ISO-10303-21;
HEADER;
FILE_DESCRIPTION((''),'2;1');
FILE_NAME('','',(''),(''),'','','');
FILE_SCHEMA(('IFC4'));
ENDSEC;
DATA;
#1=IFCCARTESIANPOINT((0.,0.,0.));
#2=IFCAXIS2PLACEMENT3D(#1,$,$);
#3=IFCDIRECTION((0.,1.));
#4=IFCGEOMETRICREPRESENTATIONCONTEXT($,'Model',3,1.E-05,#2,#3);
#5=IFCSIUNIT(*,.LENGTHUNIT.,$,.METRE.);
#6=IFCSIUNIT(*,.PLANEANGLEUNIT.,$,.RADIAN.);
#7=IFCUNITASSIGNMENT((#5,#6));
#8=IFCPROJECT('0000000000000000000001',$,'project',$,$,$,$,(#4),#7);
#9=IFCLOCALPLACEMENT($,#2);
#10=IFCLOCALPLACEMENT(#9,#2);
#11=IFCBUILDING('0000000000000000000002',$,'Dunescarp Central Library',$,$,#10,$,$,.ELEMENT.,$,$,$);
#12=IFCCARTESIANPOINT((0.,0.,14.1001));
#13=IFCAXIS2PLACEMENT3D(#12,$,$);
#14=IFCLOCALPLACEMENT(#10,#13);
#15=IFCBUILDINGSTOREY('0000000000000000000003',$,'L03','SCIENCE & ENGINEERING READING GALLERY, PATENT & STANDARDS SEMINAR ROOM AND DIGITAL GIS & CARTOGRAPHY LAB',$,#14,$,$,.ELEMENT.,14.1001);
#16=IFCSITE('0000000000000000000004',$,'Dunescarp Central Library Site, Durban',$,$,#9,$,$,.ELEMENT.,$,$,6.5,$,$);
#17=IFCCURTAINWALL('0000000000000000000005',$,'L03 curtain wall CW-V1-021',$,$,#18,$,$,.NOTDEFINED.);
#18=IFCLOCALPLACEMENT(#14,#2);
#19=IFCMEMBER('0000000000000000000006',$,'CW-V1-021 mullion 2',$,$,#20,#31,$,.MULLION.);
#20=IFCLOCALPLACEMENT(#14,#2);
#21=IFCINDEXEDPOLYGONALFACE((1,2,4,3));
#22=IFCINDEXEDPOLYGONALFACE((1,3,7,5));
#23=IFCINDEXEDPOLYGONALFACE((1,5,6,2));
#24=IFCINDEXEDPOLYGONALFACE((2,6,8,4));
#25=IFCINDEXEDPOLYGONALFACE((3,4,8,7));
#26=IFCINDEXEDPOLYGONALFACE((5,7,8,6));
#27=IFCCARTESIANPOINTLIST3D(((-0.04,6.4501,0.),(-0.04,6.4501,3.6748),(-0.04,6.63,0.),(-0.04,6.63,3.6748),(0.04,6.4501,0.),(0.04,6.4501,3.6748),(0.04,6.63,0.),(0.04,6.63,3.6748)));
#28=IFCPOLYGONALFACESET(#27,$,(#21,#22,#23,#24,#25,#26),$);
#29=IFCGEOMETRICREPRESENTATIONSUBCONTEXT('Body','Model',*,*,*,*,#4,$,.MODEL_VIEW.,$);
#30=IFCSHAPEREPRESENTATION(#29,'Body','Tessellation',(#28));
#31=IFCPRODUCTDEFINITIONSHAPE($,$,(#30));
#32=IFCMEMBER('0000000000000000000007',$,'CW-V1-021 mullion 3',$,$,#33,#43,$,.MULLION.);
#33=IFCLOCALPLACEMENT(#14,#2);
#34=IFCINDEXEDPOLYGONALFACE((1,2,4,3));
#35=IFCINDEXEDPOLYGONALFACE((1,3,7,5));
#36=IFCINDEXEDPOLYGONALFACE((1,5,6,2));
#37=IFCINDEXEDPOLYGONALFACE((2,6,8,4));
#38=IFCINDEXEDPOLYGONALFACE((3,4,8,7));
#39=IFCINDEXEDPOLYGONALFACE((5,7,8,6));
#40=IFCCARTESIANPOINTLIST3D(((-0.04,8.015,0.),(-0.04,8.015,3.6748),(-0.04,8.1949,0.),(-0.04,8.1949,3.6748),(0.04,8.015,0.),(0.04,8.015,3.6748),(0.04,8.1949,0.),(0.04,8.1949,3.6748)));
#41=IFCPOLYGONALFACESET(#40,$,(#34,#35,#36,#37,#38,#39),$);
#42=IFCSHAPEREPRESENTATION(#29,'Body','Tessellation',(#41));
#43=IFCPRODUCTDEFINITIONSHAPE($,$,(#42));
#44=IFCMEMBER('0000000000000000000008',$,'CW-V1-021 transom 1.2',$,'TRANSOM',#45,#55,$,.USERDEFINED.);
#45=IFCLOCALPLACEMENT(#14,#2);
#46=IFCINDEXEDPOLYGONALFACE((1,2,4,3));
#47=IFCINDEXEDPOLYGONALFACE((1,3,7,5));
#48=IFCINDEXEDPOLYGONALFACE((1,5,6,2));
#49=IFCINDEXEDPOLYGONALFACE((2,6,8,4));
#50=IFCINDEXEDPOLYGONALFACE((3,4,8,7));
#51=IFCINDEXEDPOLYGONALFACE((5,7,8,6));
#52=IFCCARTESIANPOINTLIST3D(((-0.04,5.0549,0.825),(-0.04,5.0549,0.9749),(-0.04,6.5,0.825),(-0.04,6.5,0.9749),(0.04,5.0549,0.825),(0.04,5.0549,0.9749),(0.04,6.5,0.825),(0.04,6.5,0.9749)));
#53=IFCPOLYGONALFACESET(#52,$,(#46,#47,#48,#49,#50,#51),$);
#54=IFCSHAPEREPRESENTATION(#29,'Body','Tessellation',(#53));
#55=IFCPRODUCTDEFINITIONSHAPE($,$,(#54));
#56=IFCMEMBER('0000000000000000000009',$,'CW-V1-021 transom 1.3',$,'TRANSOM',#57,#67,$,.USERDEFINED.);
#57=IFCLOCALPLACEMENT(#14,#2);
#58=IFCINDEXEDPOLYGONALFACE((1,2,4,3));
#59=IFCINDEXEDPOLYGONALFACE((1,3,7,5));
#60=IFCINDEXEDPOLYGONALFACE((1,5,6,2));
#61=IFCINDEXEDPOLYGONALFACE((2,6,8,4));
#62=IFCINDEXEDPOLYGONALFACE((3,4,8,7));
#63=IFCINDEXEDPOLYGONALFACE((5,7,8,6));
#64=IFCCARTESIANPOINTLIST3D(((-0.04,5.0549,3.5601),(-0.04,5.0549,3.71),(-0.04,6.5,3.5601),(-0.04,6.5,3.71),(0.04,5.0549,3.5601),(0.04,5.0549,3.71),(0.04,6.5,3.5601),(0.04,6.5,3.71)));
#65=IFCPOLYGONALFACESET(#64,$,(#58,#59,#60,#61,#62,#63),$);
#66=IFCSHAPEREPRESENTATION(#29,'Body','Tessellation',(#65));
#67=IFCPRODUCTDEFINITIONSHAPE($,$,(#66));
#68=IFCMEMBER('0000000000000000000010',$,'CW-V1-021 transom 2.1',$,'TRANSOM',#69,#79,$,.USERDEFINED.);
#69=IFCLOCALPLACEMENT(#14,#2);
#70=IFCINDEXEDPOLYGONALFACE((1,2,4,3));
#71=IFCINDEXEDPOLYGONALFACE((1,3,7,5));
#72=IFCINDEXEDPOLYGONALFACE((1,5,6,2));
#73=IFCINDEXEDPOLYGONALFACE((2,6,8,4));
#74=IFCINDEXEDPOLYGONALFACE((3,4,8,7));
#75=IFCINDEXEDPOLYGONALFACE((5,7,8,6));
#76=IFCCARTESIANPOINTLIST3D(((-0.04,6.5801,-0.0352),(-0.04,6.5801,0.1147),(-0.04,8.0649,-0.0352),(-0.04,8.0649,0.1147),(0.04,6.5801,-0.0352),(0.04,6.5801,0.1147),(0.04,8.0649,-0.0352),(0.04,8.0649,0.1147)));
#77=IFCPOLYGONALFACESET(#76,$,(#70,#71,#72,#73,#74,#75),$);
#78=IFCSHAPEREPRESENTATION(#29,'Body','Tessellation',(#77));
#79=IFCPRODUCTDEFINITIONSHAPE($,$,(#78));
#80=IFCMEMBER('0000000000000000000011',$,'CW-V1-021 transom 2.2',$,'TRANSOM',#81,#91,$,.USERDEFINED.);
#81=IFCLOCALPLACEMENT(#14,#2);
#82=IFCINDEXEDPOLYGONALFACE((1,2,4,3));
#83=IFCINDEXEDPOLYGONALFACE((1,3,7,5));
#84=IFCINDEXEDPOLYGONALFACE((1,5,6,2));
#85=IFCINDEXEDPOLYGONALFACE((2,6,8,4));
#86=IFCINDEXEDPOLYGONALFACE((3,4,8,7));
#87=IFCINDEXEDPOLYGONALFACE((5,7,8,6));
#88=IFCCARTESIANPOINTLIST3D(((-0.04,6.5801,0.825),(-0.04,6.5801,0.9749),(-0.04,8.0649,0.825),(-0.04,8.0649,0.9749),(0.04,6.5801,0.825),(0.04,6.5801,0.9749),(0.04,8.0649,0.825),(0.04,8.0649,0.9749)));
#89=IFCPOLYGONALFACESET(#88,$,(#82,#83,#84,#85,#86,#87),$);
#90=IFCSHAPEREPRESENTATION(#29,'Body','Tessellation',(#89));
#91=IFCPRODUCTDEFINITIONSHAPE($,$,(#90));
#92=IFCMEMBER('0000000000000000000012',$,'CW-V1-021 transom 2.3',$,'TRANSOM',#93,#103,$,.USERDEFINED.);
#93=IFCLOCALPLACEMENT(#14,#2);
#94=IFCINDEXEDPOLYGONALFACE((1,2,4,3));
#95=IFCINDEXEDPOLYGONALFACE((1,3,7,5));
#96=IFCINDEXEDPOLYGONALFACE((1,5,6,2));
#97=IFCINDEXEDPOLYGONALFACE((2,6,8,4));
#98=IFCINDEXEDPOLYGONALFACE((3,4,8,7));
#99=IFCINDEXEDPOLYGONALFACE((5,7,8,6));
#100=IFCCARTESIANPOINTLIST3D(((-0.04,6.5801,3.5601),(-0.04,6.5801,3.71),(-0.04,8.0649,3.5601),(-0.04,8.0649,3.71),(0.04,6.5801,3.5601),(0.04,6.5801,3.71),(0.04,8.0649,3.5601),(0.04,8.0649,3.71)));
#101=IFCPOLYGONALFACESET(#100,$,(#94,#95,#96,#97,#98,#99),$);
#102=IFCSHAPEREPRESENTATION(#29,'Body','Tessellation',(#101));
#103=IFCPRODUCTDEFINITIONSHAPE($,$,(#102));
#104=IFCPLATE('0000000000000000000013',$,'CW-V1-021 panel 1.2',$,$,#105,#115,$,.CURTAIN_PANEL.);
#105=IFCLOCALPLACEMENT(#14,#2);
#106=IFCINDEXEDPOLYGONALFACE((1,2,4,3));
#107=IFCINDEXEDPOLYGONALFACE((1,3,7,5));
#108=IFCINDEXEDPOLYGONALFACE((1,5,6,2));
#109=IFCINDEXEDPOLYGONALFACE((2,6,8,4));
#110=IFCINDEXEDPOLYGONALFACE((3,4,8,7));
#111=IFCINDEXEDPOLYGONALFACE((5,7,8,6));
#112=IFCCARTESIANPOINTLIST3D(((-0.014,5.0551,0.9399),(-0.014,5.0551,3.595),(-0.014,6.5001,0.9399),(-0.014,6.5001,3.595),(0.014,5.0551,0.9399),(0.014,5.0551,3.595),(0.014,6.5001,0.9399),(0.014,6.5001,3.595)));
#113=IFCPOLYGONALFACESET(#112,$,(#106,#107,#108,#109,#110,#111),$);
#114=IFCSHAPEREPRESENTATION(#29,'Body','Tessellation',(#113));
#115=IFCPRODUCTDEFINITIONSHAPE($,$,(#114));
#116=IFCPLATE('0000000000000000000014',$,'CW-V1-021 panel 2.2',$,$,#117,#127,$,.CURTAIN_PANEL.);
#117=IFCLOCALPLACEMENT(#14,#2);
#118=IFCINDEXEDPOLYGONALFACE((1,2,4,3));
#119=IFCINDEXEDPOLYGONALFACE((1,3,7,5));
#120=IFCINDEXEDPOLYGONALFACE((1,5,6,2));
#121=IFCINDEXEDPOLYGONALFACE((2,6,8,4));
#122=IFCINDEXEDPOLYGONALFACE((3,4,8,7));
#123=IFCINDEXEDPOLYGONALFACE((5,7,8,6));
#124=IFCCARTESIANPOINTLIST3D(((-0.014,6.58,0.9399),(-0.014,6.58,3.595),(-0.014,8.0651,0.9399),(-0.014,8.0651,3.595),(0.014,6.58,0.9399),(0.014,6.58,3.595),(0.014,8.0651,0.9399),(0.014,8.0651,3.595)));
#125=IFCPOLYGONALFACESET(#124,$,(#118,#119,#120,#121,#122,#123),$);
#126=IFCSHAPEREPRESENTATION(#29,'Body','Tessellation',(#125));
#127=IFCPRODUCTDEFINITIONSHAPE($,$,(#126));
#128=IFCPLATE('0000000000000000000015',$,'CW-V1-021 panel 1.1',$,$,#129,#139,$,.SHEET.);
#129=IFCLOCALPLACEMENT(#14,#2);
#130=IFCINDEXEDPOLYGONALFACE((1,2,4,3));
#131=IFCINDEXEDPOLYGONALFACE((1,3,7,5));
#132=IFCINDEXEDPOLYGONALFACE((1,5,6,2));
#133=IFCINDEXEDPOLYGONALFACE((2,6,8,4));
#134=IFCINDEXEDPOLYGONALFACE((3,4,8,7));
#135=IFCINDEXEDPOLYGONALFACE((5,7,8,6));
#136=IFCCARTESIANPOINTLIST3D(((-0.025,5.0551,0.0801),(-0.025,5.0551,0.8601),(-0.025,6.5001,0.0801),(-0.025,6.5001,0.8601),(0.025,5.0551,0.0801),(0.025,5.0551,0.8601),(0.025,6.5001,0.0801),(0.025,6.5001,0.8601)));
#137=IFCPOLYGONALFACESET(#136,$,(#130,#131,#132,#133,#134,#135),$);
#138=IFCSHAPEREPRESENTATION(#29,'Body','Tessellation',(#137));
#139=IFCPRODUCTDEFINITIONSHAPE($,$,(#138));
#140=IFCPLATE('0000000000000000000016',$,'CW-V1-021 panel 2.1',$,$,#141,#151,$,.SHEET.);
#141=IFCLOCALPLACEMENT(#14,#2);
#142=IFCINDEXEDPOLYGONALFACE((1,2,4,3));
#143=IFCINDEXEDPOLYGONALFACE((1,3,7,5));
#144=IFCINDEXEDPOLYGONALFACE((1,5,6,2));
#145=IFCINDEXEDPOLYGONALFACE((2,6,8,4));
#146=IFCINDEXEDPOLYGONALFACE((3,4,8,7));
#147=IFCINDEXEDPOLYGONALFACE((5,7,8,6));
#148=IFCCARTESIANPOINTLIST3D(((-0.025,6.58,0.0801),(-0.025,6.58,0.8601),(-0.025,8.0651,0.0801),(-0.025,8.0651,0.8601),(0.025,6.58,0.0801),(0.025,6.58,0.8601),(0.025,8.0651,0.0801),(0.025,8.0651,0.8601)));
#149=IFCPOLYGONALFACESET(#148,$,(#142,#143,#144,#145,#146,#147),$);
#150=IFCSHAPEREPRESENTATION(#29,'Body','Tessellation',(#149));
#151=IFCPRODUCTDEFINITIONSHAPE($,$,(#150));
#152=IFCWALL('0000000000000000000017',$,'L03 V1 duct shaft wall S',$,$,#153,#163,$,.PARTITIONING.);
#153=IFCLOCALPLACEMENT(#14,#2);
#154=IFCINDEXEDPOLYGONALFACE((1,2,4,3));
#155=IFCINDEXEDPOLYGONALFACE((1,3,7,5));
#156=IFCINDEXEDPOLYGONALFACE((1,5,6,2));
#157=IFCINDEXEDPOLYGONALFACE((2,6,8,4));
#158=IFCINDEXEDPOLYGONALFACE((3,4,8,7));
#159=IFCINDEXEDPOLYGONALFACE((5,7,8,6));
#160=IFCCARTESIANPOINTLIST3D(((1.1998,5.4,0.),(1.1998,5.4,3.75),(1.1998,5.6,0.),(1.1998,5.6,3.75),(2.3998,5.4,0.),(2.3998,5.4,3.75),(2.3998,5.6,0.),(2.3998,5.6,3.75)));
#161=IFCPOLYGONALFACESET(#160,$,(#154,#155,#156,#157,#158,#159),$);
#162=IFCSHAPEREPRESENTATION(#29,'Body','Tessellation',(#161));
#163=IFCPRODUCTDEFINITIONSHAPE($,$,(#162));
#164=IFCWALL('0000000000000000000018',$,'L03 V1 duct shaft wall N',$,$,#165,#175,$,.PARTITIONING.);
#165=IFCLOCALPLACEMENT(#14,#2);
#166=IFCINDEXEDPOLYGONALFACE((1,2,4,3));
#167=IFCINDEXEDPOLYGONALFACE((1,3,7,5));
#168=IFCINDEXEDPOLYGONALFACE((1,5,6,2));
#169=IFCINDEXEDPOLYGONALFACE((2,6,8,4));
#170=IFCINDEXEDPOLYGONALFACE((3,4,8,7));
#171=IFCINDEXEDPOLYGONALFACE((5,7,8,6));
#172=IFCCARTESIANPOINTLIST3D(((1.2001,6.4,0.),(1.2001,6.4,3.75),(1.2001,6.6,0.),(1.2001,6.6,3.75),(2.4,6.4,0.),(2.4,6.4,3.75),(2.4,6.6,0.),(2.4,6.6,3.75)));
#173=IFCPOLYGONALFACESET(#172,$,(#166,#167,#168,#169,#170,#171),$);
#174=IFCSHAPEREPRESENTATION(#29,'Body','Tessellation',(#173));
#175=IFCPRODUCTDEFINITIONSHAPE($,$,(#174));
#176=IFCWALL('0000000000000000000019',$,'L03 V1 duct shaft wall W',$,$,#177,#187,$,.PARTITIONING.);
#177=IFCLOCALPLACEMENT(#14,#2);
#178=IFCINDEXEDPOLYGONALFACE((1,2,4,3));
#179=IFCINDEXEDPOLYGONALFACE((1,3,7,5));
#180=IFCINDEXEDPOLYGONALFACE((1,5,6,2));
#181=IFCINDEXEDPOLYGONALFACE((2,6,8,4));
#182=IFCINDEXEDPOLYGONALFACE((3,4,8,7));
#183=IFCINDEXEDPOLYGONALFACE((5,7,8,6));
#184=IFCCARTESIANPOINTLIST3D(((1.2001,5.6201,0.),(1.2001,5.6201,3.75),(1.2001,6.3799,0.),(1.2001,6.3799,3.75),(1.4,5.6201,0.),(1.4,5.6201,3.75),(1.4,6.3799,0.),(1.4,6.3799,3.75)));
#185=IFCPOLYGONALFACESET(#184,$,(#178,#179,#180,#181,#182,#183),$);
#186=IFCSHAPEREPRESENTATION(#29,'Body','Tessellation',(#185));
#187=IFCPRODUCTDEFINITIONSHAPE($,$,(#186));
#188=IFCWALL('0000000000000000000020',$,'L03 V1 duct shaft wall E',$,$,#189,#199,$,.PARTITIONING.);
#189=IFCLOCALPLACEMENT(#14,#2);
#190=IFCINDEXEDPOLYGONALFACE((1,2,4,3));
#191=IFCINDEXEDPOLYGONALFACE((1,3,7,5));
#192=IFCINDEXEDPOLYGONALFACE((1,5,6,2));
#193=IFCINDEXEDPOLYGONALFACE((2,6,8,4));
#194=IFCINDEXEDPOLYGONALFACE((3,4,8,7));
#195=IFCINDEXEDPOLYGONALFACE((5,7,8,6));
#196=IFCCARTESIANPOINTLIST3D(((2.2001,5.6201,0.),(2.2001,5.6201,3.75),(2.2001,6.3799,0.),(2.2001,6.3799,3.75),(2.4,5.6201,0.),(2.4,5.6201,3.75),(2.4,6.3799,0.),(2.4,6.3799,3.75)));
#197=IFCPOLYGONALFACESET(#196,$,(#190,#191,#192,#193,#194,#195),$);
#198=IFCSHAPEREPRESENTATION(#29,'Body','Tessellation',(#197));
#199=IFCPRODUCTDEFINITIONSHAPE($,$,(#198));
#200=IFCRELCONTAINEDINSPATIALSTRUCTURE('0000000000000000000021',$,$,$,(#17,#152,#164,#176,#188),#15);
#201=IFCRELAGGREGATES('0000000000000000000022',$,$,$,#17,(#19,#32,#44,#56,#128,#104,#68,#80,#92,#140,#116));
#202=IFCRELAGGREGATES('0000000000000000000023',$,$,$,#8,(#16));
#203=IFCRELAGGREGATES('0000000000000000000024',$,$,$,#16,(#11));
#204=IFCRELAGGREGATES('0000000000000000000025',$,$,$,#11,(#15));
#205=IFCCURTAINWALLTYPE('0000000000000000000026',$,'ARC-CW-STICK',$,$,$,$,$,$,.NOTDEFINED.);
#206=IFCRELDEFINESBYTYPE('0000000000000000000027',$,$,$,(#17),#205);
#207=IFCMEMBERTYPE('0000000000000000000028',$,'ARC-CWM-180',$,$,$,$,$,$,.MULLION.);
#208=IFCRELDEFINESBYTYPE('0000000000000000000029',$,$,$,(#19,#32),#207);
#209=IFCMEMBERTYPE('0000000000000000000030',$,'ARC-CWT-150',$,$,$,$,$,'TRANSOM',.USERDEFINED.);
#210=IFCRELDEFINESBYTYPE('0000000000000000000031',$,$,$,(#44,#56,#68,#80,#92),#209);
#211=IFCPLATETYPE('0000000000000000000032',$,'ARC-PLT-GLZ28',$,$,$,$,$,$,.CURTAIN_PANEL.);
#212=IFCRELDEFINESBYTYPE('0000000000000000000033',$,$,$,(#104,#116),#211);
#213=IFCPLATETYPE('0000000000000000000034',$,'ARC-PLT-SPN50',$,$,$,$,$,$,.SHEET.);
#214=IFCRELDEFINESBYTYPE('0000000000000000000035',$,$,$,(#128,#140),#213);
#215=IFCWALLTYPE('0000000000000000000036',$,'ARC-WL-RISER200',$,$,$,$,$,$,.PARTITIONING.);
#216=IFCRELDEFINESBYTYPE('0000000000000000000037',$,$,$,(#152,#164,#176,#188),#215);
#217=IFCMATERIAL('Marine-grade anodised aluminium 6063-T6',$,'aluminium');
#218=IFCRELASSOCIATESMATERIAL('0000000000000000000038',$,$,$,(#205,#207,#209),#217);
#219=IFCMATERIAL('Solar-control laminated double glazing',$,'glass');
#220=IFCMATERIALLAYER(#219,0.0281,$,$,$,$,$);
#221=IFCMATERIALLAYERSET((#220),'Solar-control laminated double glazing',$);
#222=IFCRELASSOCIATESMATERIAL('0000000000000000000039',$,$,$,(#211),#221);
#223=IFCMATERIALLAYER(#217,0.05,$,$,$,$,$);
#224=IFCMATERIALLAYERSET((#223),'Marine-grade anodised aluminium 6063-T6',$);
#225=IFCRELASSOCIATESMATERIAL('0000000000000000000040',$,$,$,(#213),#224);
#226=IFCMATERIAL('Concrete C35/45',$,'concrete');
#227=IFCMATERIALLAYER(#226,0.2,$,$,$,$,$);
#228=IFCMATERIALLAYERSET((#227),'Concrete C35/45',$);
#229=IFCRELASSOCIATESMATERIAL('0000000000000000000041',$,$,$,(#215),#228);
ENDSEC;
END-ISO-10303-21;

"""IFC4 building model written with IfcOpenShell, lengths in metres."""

from ifc_helpers import new_model, si_unit, direction, frame, frame_2d, origin, origin_2d, place, context, subcontext, project, spatial, rectangle, extrude, material, layer, layer_set, material_profile, profile_set, type_object, element, aggregate, save


model = new_model("IFC4")

# Units and contexts
model_context = context("Model", 3, precision=1e-05, world=origin(), true_north=direction((0.0, 1.0)))
body_context = subcontext(model_context, "Body", "Model", "MODEL_VIEW")
ifc_project = project(units=[si_unit("LENGTHUNIT", "METRE"), si_unit("PLANEANGLEUNIT", "RADIAN")], contexts=[model_context])

# Site, building, storey
site_placement = place(None, origin())
site = spatial("IfcSite", under=ifc_project, at=site_placement, Name="Dunescarp Central Library Site, Durban", CompositionType="ELEMENT", RefElevation=6.5)
building_placement = place(site_placement, origin())
building = spatial("IfcBuilding", under=site, at=building_placement, Name="Dunescarp Central Library", CompositionType="ELEMENT")
storey_placement = place(building_placement, frame((0.0, 0.0, 14.1001)))
storey = spatial("IfcBuildingStorey", under=building, at=storey_placement, Name="L03", Description="SCIENCE & ENGINEERING READING GALLERY, PATENT & STANDARDS SEMINAR ROOM AND DIGITAL GIS & CARTOGRAPHY LAB", CompositionType="ELEMENT", Elevation=14.1001)

# Curtain wall, members, plates
ifc_material_1 = material(Name="Marine-grade anodised aluminium 6063-T6", Category="aluminium")
curtain_wall_type = type_object("IfcCurtainWallType", Name="ARC-CW-STICK", PredefinedType="NOTDEFINED", material=ifc_material_1)
curtain_wall_placement = place(storey_placement, origin())
curtain_wall = element("IfcCurtainWall", 1, at=curtain_wall_placement, inside=storey, type_object=curtain_wall_type, Name="L03 curtain wall CW-V1-021", PredefinedType="NOTDEFINED")
ifc_material_profile_1 = material_profile(ifc_material_1, rectangle(XDim=0.0801, YDim=0.1799, at=origin_2d()), Name="AL 80x180")
ifc_profile_set_1 = profile_set([ifc_material_profile_1], Name="Marine-grade anodised aluminium 6063-T6")
member_type_1 = type_object("IfcMemberType", Name="ARC-CWM-180", PredefinedType="MULLION", material=ifc_profile_set_1)
member_1_placement = place(storey_placement, frame((0.0, 6.54, 0.0), z_axis=(0.0, 0.0, 1.0), x_axis=(-1.0, 0.0, 0.0)))
member_1 = element("IfcMember", 2, at=member_1_placement, type_object=member_type_1, Name="CW-V1-021 mullion 2", PredefinedType="MULLION", context=body_context, shape_type="SweptSolid", body=[
    extrude(rectangle(XDim=0.0801, YDim=0.1799, at=origin_2d()), origin(), (0.0, 0.0, 1.0), 3.6748),
])
member_2_placement = place(storey_placement, frame((0.0, 8.105, 0.0), z_axis=(0.0, 0.0, 1.0), x_axis=(-1.0, 0.0, 0.0)))
member_2 = element("IfcMember", 3, at=member_2_placement, type_object=member_type_1, Name="CW-V1-021 mullion 3", PredefinedType="MULLION", context=body_context, shape_type="SweptSolid", body=[
    extrude(rectangle(XDim=0.0801, YDim=0.1799, at=origin_2d()), origin(), (0.0, 0.0, 1.0), 3.6748),
])
ifc_material_profile_2 = material_profile(ifc_material_1, rectangle(XDim=0.0801, YDim=0.1499, at=origin_2d()), Name="AL 80x150")
ifc_profile_set_2 = profile_set([ifc_material_profile_2], Name="Marine-grade anodised aluminium 6063-T6")
member_type_2 = type_object("IfcMemberType", Name="ARC-CWT-150", ElementType="TRANSOM", PredefinedType="USERDEFINED", material=ifc_profile_set_2)
member_3_placement = place(storey_placement, frame((0.0, 5.0549, 0.8999), z_axis=(0.0, 1.0, 0.0), x_axis=(-1.0, 0.0, 0.0)))
member_3 = element("IfcMember", 4, at=member_3_placement, type_object=member_type_2, Name="CW-V1-021 transom 1.2", ObjectType="TRANSOM", PredefinedType="USERDEFINED", context=body_context, shape_type="SweptSolid", body=[
    extrude(rectangle(XDim=0.0801, YDim=0.1499, at=origin_2d()), origin(), (0.0, 0.0, 1.0), 1.4451),
])
member_4_placement = place(storey_placement, frame((0.0, 5.0549, 3.635), z_axis=(0.0, 1.0, 0.0), x_axis=(-1.0, 0.0, 0.0)))
member_4 = element("IfcMember", 5, at=member_4_placement, type_object=member_type_2, Name="CW-V1-021 transom 1.3", ObjectType="TRANSOM", PredefinedType="USERDEFINED", context=body_context, shape_type="SweptSolid", body=[
    extrude(rectangle(XDim=0.0801, YDim=0.1499, at=origin_2d()), origin(), (0.0, 0.0, 1.0), 1.4451),
])
member_5_placement = place(storey_placement, frame((0.0, 6.5801, 0.0398), z_axis=(0.0, 1.0, 0.0), x_axis=(-1.0, 0.0, 0.0)))
member_5 = element("IfcMember", 6, at=member_5_placement, type_object=member_type_2, Name="CW-V1-021 transom 2.1", ObjectType="TRANSOM", PredefinedType="USERDEFINED", context=body_context, shape_type="SweptSolid", body=[
    extrude(rectangle(XDim=0.0801, YDim=0.1499, at=origin_2d()), origin(), (0.0, 0.0, 1.0), 1.4849),
])
member_6_placement = place(storey_placement, frame((0.0, 6.5801, 0.8999), z_axis=(0.0, 1.0, 0.0), x_axis=(-1.0, 0.0, 0.0)))
member_6 = element("IfcMember", 7, at=member_6_placement, type_object=member_type_2, Name="CW-V1-021 transom 2.2", ObjectType="TRANSOM", PredefinedType="USERDEFINED", context=body_context, shape_type="SweptSolid", body=[
    extrude(rectangle(XDim=0.0801, YDim=0.1499, at=origin_2d()), origin(), (0.0, 0.0, 1.0), 1.4849),
])
member_7_placement = place(storey_placement, frame((0.0, 6.5801, 3.635), z_axis=(0.0, 1.0, 0.0), x_axis=(-1.0, 0.0, 0.0)))
member_7 = element("IfcMember", 8, at=member_7_placement, type_object=member_type_2, Name="CW-V1-021 transom 2.3", ObjectType="TRANSOM", PredefinedType="USERDEFINED", context=body_context, shape_type="SweptSolid", body=[
    extrude(rectangle(XDim=0.0801, YDim=0.1499, at=origin_2d()), origin(), (0.0, 0.0, 1.0), 1.4849),
])
ifc_material_2 = material(Name="Solar-control laminated double glazing", Category="glass")
ifc_layer_1 = layer(ifc_material_2, 0.0281)
ifc_layer_set_1 = layer_set([ifc_layer_1], Name="Solar-control laminated double glazing")
plate_type_1 = type_object("IfcPlateType", Name="ARC-PLT-GLZ28", PredefinedType="CURTAIN_PANEL", material=ifc_layer_set_1)
plate_1_placement = place(storey_placement, frame((0.0, 5.7776, 0.9399), z_axis=(0.0, 0.0, 1.0), x_axis=(0.0, 1.0, 0.0)))
plate_1 = element("IfcPlate", 9, at=plate_1_placement, type_object=plate_type_1, Name="CW-V1-021 panel 1.2", PredefinedType="CURTAIN_PANEL", context=body_context, shape_type="SweptSolid", body=[
    extrude(rectangle(XDim=1.4451, YDim=0.0281, at=origin_2d()), origin(), (0.0, 0.0, 1.0), 2.655),
])
plate_2_placement = place(storey_placement, frame((0.0, 7.3225, 0.9399), z_axis=(0.0, 0.0, 1.0), x_axis=(0.0, 1.0, 0.0)))
plate_2 = element("IfcPlate", 10, at=plate_2_placement, type_object=plate_type_1, Name="CW-V1-021 panel 2.2", PredefinedType="CURTAIN_PANEL", context=body_context, shape_type="SweptSolid", body=[
    extrude(rectangle(XDim=1.4851, YDim=0.0281, at=origin_2d()), origin(), (0.0, 0.0, 1.0), 2.655),
])
ifc_layer_2 = layer(ifc_material_1, 0.05)
ifc_layer_set_2 = layer_set([ifc_layer_2], Name="Marine-grade anodised aluminium 6063-T6")
plate_type_2 = type_object("IfcPlateType", Name="ARC-PLT-SPN50", PredefinedType="SHEET", material=ifc_layer_set_2)
plate_3_placement = place(storey_placement, frame((0.0, 5.7776, 0.0801), z_axis=(0.0, 0.0, 1.0), x_axis=(0.0, 1.0, 0.0)))
plate_3 = element("IfcPlate", 11, at=plate_3_placement, type_object=plate_type_2, Name="CW-V1-021 panel 1.1", PredefinedType="SHEET", context=body_context, shape_type="SweptSolid", body=[
    extrude(rectangle(XDim=1.4451, YDim=0.05, at=origin_2d()), origin(), (0.0, 0.0, 1.0), 0.78),
])
plate_4_placement = place(storey_placement, frame((0.0, 7.3225, 0.0801), z_axis=(0.0, 0.0, 1.0), x_axis=(0.0, 1.0, 0.0)))
plate_4 = element("IfcPlate", 12, at=plate_4_placement, type_object=plate_type_2, Name="CW-V1-021 panel 2.1", PredefinedType="SHEET", context=body_context, shape_type="SweptSolid", body=[
    extrude(rectangle(XDim=1.4851, YDim=0.05, at=origin_2d()), origin(), (0.0, 0.0, 1.0), 0.78),
])
aggregate(curtain_wall, [member_1, member_2, member_3, member_4, plate_3, plate_1, member_5, member_6, member_7, plate_4, plate_2])

# Walls
ifc_material_3 = material(Name="Concrete C35/45", Category="concrete")
ifc_layer_3 = layer(ifc_material_3, 0.2)
ifc_layer_set_3 = layer_set([ifc_layer_3], Name="Concrete C35/45")
wall_type = type_object("IfcWallType", Name="ARC-WL-RISER200", PredefinedType="PARTITIONING", material=ifc_layer_set_3)
for number, where, z_axis, x_axis, name in (
    (13, (2.3999, 5.5, 0.0), (0.0, 0.0, 1.0), (-1.0, 0.0, 0.0), "L03 V1 duct shaft wall S"),
    (14, (1.2, 6.5, 0.0), (0.0, 0.0, 1.0), (1.0, 0.0, 0.0), "L03 V1 duct shaft wall N"),
):
    element("IfcWall", number, at=place(storey_placement, frame(where, z_axis=z_axis, x_axis=x_axis)), inside=storey, type_object=wall_type, Name=name, PredefinedType="PARTITIONING", context=body_context, shape_type="SweptSolid", body=[
        extrude(rectangle(XDim=1.2, YDim=0.2, at=frame_2d((0.6001, 0.0))), origin(), (0.0, 0.0, 1.0), 3.75),
    ])
for number, where, z_axis, x_axis, name in (
    (15, (1.3, 5.6201, 0.0), (0.0, 0.0, 1.0), (0.0, 1.0, 0.0), "L03 V1 duct shaft wall W"),
    (16, (2.3, 6.3799, 0.0), (0.0, 0.0, 1.0), (0.0, -1.0, 0.0), "L03 V1 duct shaft wall E"),
):
    element("IfcWall", number, at=place(storey_placement, frame(where, z_axis=z_axis, x_axis=x_axis)), inside=storey, type_object=wall_type, Name=name, PredefinedType="PARTITIONING", context=body_context, shape_type="SweptSolid", body=[
        extrude(rectangle(XDim=0.7598, YDim=0.2, at=frame_2d((0.3799, 0.0))), origin(), (0.0, 0.0, 1.0), 3.75),
    ])

save(model, "model.ifc")
